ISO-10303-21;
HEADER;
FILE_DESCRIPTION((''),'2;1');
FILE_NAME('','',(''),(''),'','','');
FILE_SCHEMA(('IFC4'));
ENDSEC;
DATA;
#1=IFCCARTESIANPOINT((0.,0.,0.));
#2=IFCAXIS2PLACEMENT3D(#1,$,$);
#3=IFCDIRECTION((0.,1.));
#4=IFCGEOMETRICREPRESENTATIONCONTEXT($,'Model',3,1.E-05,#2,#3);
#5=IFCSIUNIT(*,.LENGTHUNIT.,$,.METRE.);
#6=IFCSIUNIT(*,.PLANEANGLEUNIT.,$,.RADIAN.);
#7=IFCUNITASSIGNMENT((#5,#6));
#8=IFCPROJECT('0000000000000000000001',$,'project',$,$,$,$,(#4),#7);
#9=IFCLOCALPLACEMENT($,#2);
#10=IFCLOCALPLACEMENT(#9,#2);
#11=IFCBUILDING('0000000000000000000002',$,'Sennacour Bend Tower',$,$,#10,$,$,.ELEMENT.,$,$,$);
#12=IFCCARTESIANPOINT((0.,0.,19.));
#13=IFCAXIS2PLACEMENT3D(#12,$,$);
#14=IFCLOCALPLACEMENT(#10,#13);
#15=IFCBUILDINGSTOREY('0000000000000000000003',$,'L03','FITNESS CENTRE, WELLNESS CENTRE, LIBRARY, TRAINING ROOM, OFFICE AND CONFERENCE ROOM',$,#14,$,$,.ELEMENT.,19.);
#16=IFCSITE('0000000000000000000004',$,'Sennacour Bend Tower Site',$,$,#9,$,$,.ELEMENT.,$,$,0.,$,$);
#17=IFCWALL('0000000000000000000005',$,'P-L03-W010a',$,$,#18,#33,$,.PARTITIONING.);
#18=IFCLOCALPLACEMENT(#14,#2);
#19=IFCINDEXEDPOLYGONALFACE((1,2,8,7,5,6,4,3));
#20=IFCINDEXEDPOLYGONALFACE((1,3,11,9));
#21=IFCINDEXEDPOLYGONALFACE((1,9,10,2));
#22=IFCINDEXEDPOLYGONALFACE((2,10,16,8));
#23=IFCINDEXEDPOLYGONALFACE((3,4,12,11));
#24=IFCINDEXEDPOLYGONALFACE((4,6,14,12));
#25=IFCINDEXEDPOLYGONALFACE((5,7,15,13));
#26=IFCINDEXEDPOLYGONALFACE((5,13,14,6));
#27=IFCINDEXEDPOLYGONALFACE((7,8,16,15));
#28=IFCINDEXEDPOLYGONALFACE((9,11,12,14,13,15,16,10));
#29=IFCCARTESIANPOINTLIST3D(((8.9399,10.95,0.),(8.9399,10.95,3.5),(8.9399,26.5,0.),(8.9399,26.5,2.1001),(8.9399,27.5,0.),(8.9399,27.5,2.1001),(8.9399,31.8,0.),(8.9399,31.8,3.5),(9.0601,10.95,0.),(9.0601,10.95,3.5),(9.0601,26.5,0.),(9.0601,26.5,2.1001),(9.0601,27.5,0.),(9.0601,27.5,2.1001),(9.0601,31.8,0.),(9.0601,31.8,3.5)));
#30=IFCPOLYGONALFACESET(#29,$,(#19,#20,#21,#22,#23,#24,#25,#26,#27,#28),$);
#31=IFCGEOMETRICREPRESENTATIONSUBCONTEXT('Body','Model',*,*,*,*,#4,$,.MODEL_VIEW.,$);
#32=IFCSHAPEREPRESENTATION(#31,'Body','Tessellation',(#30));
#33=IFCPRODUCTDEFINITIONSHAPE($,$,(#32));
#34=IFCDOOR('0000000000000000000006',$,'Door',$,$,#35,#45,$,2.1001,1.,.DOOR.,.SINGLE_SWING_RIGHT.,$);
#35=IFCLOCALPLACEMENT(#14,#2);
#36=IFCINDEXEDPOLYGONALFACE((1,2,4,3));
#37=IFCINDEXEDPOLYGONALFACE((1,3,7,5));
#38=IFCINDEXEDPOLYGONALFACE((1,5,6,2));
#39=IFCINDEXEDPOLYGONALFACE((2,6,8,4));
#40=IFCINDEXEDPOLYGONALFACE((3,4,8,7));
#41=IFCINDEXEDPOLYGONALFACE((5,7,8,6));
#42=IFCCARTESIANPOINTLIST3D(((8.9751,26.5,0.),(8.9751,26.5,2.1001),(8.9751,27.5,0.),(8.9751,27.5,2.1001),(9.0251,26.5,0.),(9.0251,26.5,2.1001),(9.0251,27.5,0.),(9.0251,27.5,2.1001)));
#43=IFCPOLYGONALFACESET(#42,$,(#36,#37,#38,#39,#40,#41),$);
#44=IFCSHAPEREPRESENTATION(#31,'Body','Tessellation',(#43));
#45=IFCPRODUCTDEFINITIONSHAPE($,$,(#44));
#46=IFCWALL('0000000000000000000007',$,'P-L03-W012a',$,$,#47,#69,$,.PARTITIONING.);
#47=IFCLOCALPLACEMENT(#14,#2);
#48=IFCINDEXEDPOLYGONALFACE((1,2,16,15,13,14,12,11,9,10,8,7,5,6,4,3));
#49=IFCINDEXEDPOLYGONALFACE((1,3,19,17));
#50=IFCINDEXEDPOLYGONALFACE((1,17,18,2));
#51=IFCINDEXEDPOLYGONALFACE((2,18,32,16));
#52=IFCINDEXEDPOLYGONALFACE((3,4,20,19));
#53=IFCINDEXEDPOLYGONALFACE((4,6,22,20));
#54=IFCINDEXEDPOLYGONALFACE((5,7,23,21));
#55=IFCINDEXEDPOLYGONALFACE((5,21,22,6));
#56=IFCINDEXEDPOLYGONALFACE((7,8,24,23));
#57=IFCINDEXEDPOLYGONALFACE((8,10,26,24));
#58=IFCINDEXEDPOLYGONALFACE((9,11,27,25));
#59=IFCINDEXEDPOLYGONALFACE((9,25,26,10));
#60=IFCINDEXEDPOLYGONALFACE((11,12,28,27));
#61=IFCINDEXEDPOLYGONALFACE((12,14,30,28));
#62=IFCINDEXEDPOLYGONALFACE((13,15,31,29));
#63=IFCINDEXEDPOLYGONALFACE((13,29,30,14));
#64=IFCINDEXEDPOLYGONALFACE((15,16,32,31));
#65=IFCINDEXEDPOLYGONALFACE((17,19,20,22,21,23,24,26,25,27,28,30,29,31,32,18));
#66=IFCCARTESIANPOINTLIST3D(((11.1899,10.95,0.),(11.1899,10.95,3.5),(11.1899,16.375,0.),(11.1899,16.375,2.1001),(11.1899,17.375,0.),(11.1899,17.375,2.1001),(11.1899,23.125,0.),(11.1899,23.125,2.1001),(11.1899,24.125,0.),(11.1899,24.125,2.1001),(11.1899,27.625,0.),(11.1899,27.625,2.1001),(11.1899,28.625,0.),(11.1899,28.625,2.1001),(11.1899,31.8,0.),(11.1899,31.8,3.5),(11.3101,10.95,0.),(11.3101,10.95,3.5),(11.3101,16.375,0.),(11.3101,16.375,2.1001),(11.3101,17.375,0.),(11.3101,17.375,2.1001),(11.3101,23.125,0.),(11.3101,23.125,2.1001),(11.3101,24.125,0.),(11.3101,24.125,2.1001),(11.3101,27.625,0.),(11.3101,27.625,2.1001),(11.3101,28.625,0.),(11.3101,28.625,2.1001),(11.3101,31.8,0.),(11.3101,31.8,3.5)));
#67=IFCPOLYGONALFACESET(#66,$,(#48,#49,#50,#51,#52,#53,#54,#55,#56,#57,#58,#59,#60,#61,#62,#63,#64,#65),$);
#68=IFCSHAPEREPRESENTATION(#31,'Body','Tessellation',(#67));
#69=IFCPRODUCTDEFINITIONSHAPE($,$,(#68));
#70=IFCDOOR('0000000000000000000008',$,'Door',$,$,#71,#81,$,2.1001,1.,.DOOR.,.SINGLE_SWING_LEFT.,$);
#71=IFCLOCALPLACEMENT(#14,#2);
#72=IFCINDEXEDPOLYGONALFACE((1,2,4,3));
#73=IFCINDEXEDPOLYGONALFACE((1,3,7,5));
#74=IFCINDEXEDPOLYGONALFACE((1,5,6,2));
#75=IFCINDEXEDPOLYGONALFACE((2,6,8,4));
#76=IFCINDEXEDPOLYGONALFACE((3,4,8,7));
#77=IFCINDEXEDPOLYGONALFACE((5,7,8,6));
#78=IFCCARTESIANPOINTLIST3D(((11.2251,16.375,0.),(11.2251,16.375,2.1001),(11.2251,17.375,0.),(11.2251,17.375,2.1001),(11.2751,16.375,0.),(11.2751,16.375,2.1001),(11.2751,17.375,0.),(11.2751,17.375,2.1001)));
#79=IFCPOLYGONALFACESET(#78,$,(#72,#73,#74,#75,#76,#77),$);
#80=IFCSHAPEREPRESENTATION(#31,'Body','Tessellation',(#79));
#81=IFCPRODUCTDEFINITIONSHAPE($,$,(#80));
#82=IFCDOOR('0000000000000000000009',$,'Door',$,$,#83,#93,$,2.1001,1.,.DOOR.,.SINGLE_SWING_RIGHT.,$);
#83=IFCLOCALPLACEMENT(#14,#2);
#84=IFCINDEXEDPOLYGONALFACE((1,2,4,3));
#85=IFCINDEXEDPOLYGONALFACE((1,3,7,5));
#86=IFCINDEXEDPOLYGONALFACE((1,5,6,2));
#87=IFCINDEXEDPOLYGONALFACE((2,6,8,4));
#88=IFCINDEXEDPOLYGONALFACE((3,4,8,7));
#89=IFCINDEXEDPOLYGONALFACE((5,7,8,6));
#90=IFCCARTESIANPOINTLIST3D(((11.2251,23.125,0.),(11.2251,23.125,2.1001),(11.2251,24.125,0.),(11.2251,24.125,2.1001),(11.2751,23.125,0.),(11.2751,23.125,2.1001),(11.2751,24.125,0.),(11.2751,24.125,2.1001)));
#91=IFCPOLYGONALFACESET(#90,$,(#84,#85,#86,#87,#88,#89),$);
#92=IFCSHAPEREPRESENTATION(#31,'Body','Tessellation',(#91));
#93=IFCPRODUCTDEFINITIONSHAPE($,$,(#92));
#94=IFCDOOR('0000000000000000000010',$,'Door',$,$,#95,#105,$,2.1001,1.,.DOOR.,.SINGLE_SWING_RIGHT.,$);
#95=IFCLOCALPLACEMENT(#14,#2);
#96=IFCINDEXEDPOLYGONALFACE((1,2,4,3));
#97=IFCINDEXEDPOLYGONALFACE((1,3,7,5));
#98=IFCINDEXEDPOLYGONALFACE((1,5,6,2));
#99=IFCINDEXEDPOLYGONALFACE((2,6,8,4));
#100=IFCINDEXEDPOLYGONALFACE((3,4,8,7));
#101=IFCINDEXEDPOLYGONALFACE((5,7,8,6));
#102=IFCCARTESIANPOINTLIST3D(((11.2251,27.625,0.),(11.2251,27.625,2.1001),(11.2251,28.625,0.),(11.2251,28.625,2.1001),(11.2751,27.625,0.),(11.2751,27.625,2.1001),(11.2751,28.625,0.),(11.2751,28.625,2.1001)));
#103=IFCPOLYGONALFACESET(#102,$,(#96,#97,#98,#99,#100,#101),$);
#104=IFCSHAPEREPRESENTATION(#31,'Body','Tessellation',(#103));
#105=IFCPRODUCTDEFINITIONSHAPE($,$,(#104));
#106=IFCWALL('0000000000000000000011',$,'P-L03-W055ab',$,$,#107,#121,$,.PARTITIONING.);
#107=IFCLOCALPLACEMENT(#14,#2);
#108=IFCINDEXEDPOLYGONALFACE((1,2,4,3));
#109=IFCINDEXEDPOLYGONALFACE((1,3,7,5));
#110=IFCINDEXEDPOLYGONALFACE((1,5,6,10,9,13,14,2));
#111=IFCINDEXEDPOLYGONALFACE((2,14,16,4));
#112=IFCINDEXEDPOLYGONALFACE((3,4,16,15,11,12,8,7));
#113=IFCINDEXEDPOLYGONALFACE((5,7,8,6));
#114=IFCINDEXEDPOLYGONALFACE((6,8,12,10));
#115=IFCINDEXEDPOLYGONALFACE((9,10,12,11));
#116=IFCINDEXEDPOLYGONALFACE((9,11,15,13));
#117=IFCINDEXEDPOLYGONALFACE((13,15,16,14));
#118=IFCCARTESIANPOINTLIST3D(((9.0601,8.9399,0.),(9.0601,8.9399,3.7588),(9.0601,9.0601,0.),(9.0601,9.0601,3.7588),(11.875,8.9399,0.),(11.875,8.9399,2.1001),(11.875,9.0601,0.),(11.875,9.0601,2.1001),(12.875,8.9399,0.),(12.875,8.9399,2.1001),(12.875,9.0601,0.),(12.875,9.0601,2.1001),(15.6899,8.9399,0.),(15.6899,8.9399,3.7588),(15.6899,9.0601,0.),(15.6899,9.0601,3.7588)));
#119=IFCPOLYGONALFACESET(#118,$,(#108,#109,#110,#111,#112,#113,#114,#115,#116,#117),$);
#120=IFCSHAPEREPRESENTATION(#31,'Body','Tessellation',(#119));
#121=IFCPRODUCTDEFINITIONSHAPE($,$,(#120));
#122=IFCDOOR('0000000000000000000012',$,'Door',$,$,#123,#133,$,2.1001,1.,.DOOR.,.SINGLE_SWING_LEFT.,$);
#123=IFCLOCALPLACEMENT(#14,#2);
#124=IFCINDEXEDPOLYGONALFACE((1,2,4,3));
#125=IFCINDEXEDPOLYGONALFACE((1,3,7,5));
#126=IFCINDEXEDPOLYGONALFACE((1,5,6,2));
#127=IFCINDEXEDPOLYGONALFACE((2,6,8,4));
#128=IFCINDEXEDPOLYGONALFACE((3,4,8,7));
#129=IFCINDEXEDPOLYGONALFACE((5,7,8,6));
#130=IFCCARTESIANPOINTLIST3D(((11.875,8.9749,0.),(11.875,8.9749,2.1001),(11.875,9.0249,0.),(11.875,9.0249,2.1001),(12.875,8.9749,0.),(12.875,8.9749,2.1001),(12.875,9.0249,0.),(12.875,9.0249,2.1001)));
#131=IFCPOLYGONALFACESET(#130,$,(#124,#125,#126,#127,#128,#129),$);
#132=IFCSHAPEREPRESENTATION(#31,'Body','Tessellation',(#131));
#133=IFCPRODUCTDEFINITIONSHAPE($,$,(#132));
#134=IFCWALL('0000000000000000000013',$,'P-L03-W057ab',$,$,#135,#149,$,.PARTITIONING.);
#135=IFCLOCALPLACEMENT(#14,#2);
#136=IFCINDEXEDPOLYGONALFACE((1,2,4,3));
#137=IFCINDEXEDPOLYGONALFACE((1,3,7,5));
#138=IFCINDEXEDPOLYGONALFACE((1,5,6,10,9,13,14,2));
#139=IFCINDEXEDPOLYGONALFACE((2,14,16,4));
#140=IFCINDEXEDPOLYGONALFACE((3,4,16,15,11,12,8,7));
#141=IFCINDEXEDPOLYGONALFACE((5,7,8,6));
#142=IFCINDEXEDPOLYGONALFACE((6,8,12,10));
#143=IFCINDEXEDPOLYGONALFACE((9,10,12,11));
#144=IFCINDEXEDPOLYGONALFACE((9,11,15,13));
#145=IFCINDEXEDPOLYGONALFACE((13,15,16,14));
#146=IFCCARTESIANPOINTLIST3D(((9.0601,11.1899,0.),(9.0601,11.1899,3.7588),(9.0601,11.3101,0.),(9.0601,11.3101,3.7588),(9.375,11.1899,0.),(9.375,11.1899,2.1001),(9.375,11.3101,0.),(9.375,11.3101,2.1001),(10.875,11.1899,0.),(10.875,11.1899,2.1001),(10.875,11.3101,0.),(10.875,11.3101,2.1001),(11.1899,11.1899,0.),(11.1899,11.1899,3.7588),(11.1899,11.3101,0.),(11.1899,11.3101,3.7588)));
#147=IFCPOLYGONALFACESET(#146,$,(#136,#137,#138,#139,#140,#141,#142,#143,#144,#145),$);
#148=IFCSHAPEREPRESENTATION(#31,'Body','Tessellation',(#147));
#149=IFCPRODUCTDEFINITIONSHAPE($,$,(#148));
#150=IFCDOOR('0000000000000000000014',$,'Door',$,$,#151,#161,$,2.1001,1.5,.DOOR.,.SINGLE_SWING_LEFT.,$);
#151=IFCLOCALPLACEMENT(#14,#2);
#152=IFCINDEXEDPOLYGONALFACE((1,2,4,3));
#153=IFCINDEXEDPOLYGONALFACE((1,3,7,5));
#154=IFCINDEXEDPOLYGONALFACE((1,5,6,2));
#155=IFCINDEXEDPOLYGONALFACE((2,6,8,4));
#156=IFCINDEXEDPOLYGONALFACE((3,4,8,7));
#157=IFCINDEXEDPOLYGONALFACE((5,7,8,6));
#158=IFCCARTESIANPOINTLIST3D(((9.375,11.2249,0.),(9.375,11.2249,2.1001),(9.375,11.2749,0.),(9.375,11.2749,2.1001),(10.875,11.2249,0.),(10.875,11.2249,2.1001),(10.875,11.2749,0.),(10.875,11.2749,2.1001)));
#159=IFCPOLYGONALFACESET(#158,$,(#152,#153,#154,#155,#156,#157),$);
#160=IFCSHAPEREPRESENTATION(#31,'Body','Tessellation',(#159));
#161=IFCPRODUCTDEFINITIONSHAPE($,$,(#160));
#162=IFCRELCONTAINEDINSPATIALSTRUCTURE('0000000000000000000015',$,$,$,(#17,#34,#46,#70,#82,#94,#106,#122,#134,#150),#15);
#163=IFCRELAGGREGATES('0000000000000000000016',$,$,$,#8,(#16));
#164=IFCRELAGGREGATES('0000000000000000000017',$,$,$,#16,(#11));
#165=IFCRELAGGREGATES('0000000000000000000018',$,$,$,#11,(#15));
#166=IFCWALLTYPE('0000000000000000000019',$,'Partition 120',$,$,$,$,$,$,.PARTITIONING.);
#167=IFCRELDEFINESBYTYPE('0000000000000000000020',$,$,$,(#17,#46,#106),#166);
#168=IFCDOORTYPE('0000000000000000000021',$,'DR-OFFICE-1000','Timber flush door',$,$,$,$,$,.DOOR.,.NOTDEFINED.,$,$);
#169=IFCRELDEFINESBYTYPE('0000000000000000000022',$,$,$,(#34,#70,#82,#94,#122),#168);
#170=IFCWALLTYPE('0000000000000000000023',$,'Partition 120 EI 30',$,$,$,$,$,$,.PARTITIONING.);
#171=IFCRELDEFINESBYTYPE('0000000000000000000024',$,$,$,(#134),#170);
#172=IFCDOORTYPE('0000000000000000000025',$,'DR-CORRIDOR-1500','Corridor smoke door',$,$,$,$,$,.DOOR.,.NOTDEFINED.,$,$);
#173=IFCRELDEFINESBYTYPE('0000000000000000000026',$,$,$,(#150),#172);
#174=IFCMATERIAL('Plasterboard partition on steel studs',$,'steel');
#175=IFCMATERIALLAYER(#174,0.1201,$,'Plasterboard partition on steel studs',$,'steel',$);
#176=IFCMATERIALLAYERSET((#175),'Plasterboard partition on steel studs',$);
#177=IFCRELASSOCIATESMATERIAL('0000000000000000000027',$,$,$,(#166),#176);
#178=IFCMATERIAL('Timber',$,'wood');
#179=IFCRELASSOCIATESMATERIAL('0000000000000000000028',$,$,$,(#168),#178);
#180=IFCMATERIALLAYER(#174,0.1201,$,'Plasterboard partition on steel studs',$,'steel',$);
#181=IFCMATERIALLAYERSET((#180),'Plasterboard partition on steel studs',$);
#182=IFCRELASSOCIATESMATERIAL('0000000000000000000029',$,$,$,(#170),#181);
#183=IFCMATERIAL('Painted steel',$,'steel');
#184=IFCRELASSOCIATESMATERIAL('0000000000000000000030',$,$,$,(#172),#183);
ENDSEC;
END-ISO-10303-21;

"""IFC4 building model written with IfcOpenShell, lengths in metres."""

from ifc_helpers import new_model, si_unit, direction, frame, frame_2d, origin, place, context, subcontext, project, spatial, rectangle, extrude, material, layer, layer_set, type_object, element, fill, save


model = new_model("IFC4")

# Units and contexts
model_context = context("Model", 3, precision=1e-05, world=origin(), true_north=direction((0.0, 1.0)))
body_context = subcontext(model_context, "Body", "Model", "MODEL_VIEW")
ifc_project = project(units=[si_unit("LENGTHUNIT", "METRE"), si_unit("PLANEANGLEUNIT", "RADIAN")], contexts=[model_context])

# Site, building, storey
site_placement = place(None, origin())
site = spatial("IfcSite", under=ifc_project, at=site_placement, Name="Sennacour Bend Tower Site", CompositionType="ELEMENT", RefElevation=0.0)
building_placement = place(site_placement, origin())
building = spatial("IfcBuilding", under=site, at=building_placement, Name="Sennacour Bend Tower", CompositionType="ELEMENT")
storey_placement = place(building_placement, frame((0.0, 0.0, 19.0)))
storey = spatial("IfcBuildingStorey", under=building, at=storey_placement, Name="L03", Description="FITNESS CENTRE, WELLNESS CENTRE, LIBRARY, TRAINING ROOM, OFFICE AND CONFERENCE ROOM", CompositionType="ELEMENT", Elevation=19.0)

# Shared definitions
ifc_material_1 = material(Name="Plasterboard partition on steel studs", Category="steel")
ifc_layer_1 = layer(ifc_material_1, 0.1201, Name="Plasterboard partition on steel studs", Category="steel")
ifc_layer_set_1 = layer_set([ifc_layer_1], Name="Plasterboard partition on steel studs")
wall_type_1 = type_object("IfcWallType", Name="Partition 120", PredefinedType="PARTITIONING", material=ifc_layer_set_1)

# Wall, opening, door
wall_1_placement = place(storey_placement, frame((9.0, 10.95, 0.0), z_axis=(0.0, 0.0, 1.0), x_axis=(0.0, 1.0, 0.0)))
wall_1 = element("IfcWall", 1, at=wall_1_placement, inside=storey, type_object=wall_type_1, Name="P-L03-W010a", PredefinedType="PARTITIONING", context=body_context, shape_type="SweptSolid", body=[
    extrude(rectangle(XDim=20.8501, YDim=0.1201, at=frame_2d((10.425, 0.0))), origin(), (0.0, 0.0, 1.0), 3.5),
])
opening_1_placement = place(wall_1_placement, frame((15.55, 0.0, 0.0)))
opening_1 = element("IfcOpeningElement", 2, at=opening_1_placement, cuts=wall_1, PredefinedType="OPENING", context=body_context, shape_type="SweptSolid", body=[
    extrude(rectangle(XDim=1.0, YDim=2.1001, at=frame_2d((0.5, 1.05))), frame((0.0, 0.0701, 0.0), z_axis=(0.0, -1.0, 0.0), x_axis=(1.0, 0.0, 0.0)), (0.0, 0.0, 1.0), 0.1401),
])
ifc_material_2 = material(Name="Timber", Category="wood")
door_type_1 = type_object("IfcDoorType", Name="DR-OFFICE-1000", Description="Timber flush door", OperationType="NOTDEFINED", PredefinedType="DOOR", material=ifc_material_2)
door_1_placement = place(opening_1_placement, origin())
door_1 = element("IfcDoor", 3, at=door_1_placement, inside=storey, type_object=door_type_1, Name="Door", OperationType="SINGLE_SWING_RIGHT", OverallHeight=2.1001, OverallWidth=1.0, PredefinedType="DOOR", context=body_context, shape_type="SweptSolid", body=[
    extrude(rectangle(XDim=1.0, YDim=2.1001, at=frame_2d((0.5, 1.05))), frame((0.0, 0.0249, 0.0), z_axis=(0.0, -1.0, 0.0), x_axis=(1.0, 0.0, 0.0)), (0.0, 0.0, 1.0), 0.05),
])
fill(opening_1, door_1)

# Wall, openings, doors
wall_2_placement = place(storey_placement, frame((11.25, 10.95, 0.0), z_axis=(0.0, 0.0, 1.0), x_axis=(0.0, 1.0, 0.0)))
wall_2 = element("IfcWall", 4, at=wall_2_placement, inside=storey, type_object=wall_type_1, Name="P-L03-W012a", PredefinedType="PARTITIONING", context=body_context, shape_type="SweptSolid", body=[
    extrude(rectangle(XDim=20.8501, YDim=0.1201, at=frame_2d((10.425, 0.0))), origin(), (0.0, 0.0, 1.0), 3.5),
])
opening_2_placement = place(wall_2_placement, frame((5.425, 0.0, 0.0)))
opening_2 = element("IfcOpeningElement", 5, at=opening_2_placement, cuts=wall_2, PredefinedType="OPENING", context=body_context, shape_type="SweptSolid", body=[
    extrude(rectangle(XDim=1.0, YDim=2.1001, at=frame_2d((0.5, 1.05))), frame((0.0, 0.0701, 0.0), z_axis=(0.0, -1.0, 0.0), x_axis=(1.0, 0.0, 0.0)), (0.0, 0.0, 1.0), 0.1401),
])
opening_3_placement = place(wall_2_placement, frame((12.175, 0.0, 0.0)))
opening_3 = element("IfcOpeningElement", 6, at=opening_3_placement, cuts=wall_2, PredefinedType="OPENING", context=body_context, shape_type="SweptSolid", body=[
    extrude(rectangle(XDim=1.0, YDim=2.1001, at=frame_2d((0.5, 1.05))), frame((0.0, 0.0701, 0.0), z_axis=(0.0, -1.0, 0.0), x_axis=(1.0, 0.0, 0.0)), (0.0, 0.0, 1.0), 0.1401),
])
opening_4_placement = place(wall_2_placement, frame((16.675, 0.0, 0.0)))
opening_4 = element("IfcOpeningElement", 7, at=opening_4_placement, cuts=wall_2, PredefinedType="OPENING", context=body_context, shape_type="SweptSolid", body=[
    extrude(rectangle(XDim=1.0, YDim=2.1001, at=frame_2d((0.5, 1.05))), frame((0.0, 0.0701, 0.0), z_axis=(0.0, -1.0, 0.0), x_axis=(1.0, 0.0, 0.0)), (0.0, 0.0, 1.0), 0.1401),
])
door_2_placement = place(opening_2_placement, origin())
door_2 = element("IfcDoor", 8, at=door_2_placement, inside=storey, type_object=door_type_1, Name="Door", OperationType="SINGLE_SWING_LEFT", OverallHeight=2.1001, OverallWidth=1.0, PredefinedType="DOOR", context=body_context, shape_type="SweptSolid", body=[
    extrude(rectangle(XDim=1.0, YDim=2.1001, at=frame_2d((0.5, 1.05))), frame((0.0, 0.0249, 0.0), z_axis=(0.0, -1.0, 0.0), x_axis=(1.0, 0.0, 0.0)), (0.0, 0.0, 1.0), 0.05),
])
fill(opening_2, door_2)
door_3_placement = place(opening_3_placement, origin())
door_3 = element("IfcDoor", 9, at=door_3_placement, inside=storey, type_object=door_type_1, Name="Door", OperationType="SINGLE_SWING_RIGHT", OverallHeight=2.1001, OverallWidth=1.0, PredefinedType="DOOR", context=body_context, shape_type="SweptSolid", body=[
    extrude(rectangle(XDim=1.0, YDim=2.1001, at=frame_2d((0.5, 1.05))), frame((0.0, 0.0249, 0.0), z_axis=(0.0, -1.0, 0.0), x_axis=(1.0, 0.0, 0.0)), (0.0, 0.0, 1.0), 0.05),
])
fill(opening_3, door_3)
door_4_placement = place(opening_4_placement, origin())
door_4 = element("IfcDoor", 10, at=door_4_placement, inside=storey, type_object=door_type_1, Name="Door", OperationType="SINGLE_SWING_RIGHT", OverallHeight=2.1001, OverallWidth=1.0, PredefinedType="DOOR", context=body_context, shape_type="SweptSolid", body=[
    extrude(rectangle(XDim=1.0, YDim=2.1001, at=frame_2d((0.5, 1.05))), frame((0.0, 0.0249, 0.0), z_axis=(0.0, -1.0, 0.0), x_axis=(1.0, 0.0, 0.0)), (0.0, 0.0, 1.0), 0.05),
])
fill(opening_4, door_4)

# Walls, openings, doors
wall_3_placement = place(storey_placement, frame((9.0601, 9.0, 0.0), z_axis=(0.0, 0.0, 1.0), x_axis=(1.0, 0.0, 0.0)))
wall_3 = element("IfcWall", 11, at=wall_3_placement, inside=storey, type_object=wall_type_1, Name="P-L03-W055ab", PredefinedType="PARTITIONING", context=body_context, shape_type="SweptSolid", body=[
    extrude(rectangle(XDim=6.6299, YDim=0.1201, at=frame_2d((3.3149, 0.0))), origin(), (0.0, 0.0, 1.0), 3.7588),
])
opening_5_placement = place(wall_3_placement, frame((2.8149, 0.0, 0.0)))
opening_5 = element("IfcOpeningElement", 12, at=opening_5_placement, cuts=wall_3, PredefinedType="OPENING", context=body_context, shape_type="SweptSolid", body=[
    extrude(rectangle(XDim=1.0, YDim=2.1001, at=frame_2d((0.5, 1.05))), frame((0.0, 0.0701, 0.0), z_axis=(0.0, -1.0, 0.0), x_axis=(1.0, 0.0, 0.0)), (0.0, 0.0, 1.0), 0.1401),
])
door_5_placement = place(opening_5_placement, origin())
door_5 = element("IfcDoor", 13, at=door_5_placement, inside=storey, type_object=door_type_1, Name="Door", OperationType="SINGLE_SWING_LEFT", OverallHeight=2.1001, OverallWidth=1.0, PredefinedType="DOOR", context=body_context, shape_type="SweptSolid", body=[
    extrude(rectangle(XDim=1.0, YDim=2.1001, at=frame_2d((0.5, 1.05))), frame((0.0, 0.0249, 0.0), z_axis=(0.0, -1.0, 0.0), x_axis=(1.0, 0.0, 0.0)), (0.0, 0.0, 1.0), 0.05),
])
fill(opening_5, door_5)
ifc_layer_2 = layer(ifc_material_1, 0.1201, Name="Plasterboard partition on steel studs", Category="steel")
ifc_layer_set_2 = layer_set([ifc_layer_2], Name="Plasterboard partition on steel studs")
wall_type_2 = type_object("IfcWallType", Name="Partition 120 EI 30", PredefinedType="PARTITIONING", material=ifc_layer_set_2)
wall_4_placement = place(storey_placement, frame((9.0601, 11.25, 0.0), z_axis=(0.0, 0.0, 1.0), x_axis=(1.0, 0.0, 0.0)))
wall_4 = element("IfcWall", 14, at=wall_4_placement, inside=storey, type_object=wall_type_2, Name="P-L03-W057ab", PredefinedType="PARTITIONING", context=body_context, shape_type="SweptSolid", body=[
    extrude(rectangle(XDim=2.1299, YDim=0.1201, at=frame_2d((1.0649, 0.0))), origin(), (0.0, 0.0, 1.0), 3.7588),
])
opening_6_placement = place(wall_4_placement, frame((0.3149, 0.0, 0.0)))
opening_6 = element("IfcOpeningElement", 15, at=opening_6_placement, cuts=wall_4, PredefinedType="OPENING", context=body_context, shape_type="SweptSolid", body=[
    extrude(rectangle(XDim=1.5, YDim=2.1001, at=frame_2d((0.75, 1.05))), frame((0.0, 0.0701, 0.0), z_axis=(0.0, -1.0, 0.0), x_axis=(1.0, 0.0, 0.0)), (0.0, 0.0, 1.0), 0.1401),
])
ifc_material_3 = material(Name="Painted steel", Category="steel")
door_type_2 = type_object("IfcDoorType", Name="DR-CORRIDOR-1500", Description="Corridor smoke door", OperationType="NOTDEFINED", PredefinedType="DOOR", material=ifc_material_3)
door_6_placement = place(opening_6_placement, origin())
door_6 = element("IfcDoor", 16, at=door_6_placement, inside=storey, type_object=door_type_2, Name="Door", OperationType="SINGLE_SWING_LEFT", OverallHeight=2.1001, OverallWidth=1.5, PredefinedType="DOOR", context=body_context, shape_type="SweptSolid", body=[
    extrude(rectangle(XDim=1.5, YDim=2.1001, at=frame_2d((0.75, 1.05))), frame((0.0, 0.0249, 0.0), z_axis=(0.0, -1.0, 0.0), x_axis=(1.0, 0.0, 0.0)), (0.0, 0.0, 1.0), 0.05),
])
fill(opening_6, door_6)

save(model, "model.ifc")
